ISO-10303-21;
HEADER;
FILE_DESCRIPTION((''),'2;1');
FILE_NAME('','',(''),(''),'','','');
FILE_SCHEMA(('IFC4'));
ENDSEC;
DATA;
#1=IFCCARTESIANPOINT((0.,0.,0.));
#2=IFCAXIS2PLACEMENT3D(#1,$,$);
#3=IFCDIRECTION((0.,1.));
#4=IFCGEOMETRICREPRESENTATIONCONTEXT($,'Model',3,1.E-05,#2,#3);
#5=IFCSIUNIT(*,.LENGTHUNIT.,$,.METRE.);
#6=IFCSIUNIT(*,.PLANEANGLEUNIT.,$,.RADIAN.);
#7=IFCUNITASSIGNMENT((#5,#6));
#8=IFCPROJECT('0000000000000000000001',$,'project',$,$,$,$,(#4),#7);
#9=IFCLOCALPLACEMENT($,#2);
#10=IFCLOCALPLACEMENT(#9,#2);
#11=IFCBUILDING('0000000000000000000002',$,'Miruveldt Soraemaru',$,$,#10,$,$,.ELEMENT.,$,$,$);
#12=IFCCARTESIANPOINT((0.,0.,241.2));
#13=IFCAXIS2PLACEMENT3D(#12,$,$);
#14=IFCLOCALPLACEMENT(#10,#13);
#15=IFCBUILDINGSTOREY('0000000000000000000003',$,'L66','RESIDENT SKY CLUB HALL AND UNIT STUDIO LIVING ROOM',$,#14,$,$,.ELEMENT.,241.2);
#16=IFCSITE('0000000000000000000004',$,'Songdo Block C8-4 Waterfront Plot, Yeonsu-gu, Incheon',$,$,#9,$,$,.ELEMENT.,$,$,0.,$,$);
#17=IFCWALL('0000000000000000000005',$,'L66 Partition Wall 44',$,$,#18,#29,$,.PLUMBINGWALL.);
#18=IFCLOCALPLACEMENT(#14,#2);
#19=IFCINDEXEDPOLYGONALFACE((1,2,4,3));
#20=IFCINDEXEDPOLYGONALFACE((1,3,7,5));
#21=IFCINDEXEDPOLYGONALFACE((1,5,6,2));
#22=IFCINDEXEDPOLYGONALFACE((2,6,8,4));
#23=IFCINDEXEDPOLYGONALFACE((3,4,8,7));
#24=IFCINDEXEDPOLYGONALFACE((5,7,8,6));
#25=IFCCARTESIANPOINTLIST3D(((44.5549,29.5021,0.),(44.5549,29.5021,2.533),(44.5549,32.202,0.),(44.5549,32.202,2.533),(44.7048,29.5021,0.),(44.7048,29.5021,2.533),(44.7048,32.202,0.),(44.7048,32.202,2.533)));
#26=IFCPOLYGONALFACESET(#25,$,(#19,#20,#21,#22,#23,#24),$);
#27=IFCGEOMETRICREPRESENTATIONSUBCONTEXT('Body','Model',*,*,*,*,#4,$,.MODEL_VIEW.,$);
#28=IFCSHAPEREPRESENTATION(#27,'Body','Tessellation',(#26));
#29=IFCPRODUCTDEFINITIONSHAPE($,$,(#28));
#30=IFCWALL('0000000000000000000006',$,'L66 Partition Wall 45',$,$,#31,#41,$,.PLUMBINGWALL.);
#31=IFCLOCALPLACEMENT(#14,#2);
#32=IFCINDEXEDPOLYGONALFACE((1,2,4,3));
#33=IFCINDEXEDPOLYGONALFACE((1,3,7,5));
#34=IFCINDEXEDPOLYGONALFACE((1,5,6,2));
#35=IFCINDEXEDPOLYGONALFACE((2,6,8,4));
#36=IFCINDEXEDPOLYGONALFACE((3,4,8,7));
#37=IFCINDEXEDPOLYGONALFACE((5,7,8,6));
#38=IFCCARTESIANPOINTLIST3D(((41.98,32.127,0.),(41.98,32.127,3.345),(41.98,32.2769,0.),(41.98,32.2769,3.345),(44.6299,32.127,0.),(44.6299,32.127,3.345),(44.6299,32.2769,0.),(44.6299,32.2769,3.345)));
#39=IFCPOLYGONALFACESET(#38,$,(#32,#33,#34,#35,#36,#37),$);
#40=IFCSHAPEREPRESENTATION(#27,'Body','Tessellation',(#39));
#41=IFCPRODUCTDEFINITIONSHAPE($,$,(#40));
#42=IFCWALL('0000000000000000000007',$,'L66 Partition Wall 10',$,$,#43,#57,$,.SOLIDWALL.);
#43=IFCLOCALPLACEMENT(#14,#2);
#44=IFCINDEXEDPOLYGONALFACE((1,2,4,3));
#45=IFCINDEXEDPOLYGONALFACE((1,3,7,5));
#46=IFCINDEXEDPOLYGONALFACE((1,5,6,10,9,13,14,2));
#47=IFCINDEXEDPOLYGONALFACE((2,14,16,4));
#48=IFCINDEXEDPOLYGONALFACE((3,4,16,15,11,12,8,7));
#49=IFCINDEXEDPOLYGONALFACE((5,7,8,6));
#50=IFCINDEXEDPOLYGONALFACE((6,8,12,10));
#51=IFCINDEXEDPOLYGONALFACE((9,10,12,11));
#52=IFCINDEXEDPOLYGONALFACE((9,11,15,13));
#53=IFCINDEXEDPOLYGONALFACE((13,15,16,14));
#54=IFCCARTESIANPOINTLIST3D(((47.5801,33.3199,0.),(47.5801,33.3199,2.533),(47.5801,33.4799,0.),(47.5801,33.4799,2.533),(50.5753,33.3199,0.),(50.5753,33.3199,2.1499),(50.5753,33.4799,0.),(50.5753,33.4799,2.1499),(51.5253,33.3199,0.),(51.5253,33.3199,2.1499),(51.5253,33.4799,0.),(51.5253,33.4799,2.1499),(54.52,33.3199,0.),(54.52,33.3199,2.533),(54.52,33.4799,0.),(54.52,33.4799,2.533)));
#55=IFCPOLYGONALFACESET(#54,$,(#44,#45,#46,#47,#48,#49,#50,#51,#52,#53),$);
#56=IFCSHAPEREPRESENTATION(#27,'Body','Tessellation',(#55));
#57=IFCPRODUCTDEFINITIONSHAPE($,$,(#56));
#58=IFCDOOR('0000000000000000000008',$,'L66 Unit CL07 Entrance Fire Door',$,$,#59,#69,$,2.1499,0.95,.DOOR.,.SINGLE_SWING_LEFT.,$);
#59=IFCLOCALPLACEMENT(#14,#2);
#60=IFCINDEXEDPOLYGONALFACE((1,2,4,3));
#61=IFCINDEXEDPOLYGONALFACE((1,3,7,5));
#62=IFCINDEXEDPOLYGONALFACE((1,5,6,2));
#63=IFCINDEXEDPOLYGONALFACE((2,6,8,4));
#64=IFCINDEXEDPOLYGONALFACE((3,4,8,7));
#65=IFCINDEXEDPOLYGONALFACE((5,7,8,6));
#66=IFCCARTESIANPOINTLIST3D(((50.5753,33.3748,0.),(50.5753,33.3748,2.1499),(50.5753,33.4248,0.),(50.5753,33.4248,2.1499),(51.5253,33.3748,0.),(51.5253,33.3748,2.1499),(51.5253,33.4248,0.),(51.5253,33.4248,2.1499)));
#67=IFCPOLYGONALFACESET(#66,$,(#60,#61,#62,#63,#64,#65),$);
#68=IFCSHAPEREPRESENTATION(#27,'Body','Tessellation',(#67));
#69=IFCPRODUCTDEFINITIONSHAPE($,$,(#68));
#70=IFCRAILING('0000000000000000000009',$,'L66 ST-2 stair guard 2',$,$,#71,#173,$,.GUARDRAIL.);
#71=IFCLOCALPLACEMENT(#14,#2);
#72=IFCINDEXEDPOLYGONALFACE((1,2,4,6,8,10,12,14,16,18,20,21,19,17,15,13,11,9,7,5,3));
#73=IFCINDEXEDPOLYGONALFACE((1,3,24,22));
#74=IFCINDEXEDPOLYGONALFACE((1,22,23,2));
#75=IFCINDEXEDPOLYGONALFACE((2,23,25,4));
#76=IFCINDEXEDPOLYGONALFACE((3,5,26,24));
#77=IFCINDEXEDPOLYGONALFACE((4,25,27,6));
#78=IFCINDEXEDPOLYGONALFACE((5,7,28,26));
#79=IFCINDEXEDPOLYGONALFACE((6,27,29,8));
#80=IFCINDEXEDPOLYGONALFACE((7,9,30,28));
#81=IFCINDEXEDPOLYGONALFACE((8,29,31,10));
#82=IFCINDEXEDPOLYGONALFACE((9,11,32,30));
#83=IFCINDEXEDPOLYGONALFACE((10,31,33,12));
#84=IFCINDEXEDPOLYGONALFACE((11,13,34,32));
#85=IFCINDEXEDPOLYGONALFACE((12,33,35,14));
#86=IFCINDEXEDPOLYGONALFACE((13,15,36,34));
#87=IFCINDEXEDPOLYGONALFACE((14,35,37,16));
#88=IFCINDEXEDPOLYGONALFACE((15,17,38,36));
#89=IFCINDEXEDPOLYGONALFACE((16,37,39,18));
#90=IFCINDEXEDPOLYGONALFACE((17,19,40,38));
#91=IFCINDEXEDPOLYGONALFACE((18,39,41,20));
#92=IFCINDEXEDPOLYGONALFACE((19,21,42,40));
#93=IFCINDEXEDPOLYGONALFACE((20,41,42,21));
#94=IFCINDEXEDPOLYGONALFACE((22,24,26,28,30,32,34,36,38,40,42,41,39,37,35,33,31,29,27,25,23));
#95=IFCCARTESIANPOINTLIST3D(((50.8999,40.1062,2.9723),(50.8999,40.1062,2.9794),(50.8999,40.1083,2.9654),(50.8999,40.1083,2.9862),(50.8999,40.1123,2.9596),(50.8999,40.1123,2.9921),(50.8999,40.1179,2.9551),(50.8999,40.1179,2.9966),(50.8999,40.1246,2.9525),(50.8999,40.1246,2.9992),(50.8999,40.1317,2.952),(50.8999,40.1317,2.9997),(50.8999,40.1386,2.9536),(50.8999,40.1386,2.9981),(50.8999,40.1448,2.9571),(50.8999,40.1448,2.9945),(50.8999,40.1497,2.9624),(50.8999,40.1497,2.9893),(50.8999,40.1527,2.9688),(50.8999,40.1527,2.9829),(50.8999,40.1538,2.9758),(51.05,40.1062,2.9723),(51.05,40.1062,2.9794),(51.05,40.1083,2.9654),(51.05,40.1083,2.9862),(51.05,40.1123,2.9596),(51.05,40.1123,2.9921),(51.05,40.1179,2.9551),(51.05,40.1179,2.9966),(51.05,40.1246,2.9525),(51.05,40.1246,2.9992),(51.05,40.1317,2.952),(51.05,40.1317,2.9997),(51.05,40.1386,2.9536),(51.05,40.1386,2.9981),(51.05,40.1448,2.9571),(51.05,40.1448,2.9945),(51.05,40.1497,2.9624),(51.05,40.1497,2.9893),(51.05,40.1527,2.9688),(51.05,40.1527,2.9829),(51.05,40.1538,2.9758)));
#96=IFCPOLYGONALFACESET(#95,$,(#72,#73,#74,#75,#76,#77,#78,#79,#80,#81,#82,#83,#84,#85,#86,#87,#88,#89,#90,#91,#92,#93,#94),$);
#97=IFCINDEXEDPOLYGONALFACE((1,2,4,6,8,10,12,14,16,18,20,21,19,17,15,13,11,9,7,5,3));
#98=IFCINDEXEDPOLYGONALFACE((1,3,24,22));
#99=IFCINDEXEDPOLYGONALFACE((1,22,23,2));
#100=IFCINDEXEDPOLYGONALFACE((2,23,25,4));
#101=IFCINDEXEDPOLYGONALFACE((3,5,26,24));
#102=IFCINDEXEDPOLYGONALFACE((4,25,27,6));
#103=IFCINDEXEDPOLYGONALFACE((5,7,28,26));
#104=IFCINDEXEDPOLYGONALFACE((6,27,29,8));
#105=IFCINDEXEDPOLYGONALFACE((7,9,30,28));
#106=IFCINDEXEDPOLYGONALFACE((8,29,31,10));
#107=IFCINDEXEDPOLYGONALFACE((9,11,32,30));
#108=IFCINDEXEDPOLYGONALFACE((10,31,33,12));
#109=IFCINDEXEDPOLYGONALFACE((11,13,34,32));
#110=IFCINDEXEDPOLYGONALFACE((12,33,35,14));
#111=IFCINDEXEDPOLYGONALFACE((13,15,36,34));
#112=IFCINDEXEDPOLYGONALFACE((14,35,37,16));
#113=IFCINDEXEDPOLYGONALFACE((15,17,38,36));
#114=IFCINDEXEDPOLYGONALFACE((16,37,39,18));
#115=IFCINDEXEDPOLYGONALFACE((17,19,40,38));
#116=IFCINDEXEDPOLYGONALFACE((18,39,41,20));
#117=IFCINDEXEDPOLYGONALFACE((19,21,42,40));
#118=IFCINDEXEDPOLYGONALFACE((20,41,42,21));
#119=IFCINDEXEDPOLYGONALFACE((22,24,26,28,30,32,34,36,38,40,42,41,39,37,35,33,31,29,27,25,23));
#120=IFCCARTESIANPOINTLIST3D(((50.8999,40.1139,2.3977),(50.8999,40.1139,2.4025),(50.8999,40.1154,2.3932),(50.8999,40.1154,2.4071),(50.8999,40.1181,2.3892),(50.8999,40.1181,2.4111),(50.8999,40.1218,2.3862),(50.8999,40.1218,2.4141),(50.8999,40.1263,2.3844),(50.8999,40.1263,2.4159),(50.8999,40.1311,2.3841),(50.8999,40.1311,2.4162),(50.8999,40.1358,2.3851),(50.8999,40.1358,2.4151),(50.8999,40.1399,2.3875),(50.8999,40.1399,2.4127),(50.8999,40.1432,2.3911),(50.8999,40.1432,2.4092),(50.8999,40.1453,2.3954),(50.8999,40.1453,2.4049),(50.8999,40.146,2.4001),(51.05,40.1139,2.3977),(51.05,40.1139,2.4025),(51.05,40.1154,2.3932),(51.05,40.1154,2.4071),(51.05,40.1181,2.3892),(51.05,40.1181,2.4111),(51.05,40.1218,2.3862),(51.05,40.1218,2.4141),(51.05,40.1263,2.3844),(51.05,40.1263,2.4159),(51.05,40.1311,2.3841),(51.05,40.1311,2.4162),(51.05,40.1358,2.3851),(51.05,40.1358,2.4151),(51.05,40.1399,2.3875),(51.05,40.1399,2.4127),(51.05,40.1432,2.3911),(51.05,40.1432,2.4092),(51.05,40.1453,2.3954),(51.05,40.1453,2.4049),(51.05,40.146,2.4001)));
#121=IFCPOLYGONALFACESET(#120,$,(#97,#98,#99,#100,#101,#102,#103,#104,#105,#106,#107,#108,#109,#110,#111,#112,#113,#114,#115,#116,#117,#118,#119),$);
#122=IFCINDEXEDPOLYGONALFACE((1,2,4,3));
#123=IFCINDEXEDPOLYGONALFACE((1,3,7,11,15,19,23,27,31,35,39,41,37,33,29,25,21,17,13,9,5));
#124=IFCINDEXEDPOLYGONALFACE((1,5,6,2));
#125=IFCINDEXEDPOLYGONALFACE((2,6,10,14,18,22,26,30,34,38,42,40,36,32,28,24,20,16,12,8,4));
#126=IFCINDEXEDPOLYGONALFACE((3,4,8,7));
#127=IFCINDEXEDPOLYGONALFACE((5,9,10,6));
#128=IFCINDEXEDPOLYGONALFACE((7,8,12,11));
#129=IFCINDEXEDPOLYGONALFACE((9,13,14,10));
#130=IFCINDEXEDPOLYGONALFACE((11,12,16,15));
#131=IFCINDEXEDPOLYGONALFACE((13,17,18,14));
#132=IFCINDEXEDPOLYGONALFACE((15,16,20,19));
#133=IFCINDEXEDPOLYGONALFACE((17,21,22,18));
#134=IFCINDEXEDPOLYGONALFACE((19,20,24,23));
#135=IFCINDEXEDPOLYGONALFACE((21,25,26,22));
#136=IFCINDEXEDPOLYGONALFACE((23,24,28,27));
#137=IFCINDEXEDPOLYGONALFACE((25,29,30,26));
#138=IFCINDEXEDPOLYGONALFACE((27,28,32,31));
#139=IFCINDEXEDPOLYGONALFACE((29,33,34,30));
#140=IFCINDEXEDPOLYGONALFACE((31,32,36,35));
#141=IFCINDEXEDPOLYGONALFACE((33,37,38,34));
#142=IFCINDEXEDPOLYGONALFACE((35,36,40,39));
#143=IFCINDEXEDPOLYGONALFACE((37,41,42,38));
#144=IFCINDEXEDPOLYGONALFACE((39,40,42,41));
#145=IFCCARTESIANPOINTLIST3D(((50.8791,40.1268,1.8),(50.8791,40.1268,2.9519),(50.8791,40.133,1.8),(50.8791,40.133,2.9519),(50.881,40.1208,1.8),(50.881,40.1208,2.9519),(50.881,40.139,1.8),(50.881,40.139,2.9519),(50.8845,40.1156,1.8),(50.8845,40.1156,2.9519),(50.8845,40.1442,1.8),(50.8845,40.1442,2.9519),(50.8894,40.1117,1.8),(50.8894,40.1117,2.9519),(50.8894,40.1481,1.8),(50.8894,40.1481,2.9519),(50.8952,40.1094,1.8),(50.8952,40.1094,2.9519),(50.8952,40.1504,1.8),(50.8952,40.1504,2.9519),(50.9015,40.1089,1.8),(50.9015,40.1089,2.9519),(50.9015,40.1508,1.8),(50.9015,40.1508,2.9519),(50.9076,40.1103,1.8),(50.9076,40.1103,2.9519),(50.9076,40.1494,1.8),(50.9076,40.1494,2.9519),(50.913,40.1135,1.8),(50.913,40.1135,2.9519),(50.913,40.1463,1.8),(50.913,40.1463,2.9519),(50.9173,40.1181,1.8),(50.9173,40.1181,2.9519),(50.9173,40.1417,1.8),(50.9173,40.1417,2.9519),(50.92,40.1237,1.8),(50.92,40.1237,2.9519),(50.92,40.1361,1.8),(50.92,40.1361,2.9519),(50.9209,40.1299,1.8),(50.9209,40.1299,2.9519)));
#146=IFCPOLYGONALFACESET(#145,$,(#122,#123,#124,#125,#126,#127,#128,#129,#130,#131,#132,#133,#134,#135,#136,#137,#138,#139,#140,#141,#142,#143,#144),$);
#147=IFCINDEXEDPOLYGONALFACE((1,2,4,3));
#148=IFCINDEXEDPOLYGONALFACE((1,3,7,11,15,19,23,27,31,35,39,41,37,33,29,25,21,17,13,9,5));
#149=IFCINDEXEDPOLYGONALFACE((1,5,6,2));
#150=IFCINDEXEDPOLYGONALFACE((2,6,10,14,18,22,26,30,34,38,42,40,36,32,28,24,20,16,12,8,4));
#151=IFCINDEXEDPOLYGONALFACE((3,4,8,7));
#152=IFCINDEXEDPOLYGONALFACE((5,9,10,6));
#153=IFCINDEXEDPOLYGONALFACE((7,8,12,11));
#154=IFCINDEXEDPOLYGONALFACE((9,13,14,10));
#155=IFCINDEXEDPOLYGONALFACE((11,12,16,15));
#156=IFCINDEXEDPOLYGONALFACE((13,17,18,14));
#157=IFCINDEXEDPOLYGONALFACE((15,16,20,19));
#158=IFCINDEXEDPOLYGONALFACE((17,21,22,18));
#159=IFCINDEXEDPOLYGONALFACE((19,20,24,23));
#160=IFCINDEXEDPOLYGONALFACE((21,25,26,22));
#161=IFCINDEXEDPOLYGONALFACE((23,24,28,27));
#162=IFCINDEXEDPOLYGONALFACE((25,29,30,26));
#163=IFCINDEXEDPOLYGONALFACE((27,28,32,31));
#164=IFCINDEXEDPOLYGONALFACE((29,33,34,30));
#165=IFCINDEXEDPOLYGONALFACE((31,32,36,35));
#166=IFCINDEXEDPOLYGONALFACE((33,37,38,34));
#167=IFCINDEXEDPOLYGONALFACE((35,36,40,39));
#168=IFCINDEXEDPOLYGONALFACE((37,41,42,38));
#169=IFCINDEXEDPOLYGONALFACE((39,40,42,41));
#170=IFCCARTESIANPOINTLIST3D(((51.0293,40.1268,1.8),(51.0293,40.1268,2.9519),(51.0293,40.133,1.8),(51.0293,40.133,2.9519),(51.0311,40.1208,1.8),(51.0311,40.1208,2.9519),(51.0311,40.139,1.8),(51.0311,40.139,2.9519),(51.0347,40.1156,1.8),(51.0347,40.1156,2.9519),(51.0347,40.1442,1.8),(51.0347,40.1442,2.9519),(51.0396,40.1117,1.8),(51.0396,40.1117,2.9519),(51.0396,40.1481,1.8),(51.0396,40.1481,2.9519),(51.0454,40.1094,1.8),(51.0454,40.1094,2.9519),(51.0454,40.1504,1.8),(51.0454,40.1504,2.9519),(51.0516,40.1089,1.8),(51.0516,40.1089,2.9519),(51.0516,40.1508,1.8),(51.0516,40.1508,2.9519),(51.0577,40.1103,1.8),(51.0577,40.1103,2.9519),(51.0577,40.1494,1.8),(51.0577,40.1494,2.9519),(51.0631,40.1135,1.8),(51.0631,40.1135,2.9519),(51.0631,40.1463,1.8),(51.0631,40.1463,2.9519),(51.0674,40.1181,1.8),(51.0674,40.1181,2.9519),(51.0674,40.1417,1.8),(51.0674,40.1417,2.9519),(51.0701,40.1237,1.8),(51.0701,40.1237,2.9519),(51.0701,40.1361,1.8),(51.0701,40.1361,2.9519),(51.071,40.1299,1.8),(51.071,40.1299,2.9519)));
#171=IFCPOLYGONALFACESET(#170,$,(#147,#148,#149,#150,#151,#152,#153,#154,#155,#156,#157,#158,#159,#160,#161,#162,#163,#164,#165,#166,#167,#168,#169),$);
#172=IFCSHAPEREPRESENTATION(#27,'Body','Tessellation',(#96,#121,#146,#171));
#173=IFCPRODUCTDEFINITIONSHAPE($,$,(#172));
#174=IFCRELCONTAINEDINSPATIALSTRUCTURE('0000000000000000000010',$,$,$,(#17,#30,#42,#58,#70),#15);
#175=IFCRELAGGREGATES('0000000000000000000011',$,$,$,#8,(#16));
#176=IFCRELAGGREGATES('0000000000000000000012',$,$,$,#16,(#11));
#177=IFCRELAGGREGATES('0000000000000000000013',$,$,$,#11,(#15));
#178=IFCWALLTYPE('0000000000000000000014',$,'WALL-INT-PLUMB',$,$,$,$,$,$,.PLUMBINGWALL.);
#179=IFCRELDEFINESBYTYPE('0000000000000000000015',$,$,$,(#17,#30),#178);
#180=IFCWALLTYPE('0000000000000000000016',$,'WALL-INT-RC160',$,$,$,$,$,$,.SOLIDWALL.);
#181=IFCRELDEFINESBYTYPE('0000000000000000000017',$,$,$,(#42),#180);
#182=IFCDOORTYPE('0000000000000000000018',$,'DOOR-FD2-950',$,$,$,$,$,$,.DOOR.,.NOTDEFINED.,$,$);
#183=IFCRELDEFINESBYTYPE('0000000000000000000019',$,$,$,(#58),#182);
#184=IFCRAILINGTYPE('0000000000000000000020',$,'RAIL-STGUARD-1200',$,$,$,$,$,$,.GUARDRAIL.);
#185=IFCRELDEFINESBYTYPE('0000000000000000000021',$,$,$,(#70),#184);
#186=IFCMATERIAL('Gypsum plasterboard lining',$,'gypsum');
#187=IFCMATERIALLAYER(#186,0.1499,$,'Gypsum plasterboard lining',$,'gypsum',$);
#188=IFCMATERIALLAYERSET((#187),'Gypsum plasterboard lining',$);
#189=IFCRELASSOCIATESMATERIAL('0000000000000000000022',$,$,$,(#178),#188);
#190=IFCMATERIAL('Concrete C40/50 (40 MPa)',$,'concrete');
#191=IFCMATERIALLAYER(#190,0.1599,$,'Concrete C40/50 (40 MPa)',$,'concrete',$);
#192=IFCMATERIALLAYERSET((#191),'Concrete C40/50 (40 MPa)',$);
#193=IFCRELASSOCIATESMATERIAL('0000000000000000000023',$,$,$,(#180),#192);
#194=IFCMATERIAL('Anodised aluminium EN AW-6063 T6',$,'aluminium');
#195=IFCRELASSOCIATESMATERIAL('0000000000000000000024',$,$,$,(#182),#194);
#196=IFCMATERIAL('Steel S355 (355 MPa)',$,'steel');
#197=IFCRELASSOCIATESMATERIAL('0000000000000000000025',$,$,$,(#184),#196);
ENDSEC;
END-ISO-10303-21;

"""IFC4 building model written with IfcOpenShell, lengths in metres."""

from ifc_helpers import new_model, si_unit, direction, frame, frame_2d, origin, origin_2d, place, context, subcontext, project, spatial, rectangle, circle, extrude, material, layer, layer_set, type_object, element, fill, save


model = new_model("IFC4")

# Units and contexts
model_context = context("Model", 3, precision=1e-05, world=origin(), true_north=direction((0.0, 1.0)))
body_context = subcontext(model_context, "Body", "Model", "MODEL_VIEW")
ifc_project = project(units=[si_unit("LENGTHUNIT", "METRE"), si_unit("PLANEANGLEUNIT", "RADIAN")], contexts=[model_context])

# Site, building, storey
site_placement = place(None, origin())
site = spatial("IfcSite", under=ifc_project, at=site_placement, Name="Songdo Block C8-4 Waterfront Plot, Yeonsu-gu, Incheon", CompositionType="ELEMENT", RefElevation=0.0)
building_placement = place(site_placement, origin())
building = spatial("IfcBuilding", under=site, at=building_placement, Name="Miruveldt Soraemaru", CompositionType="ELEMENT")
storey_placement = place(building_placement, frame((0.0, 0.0, 241.2)))
storey = spatial("IfcBuildingStorey", under=building, at=storey_placement, Name="L66", Description="RESIDENT SKY CLUB HALL AND UNIT STUDIO LIVING ROOM", CompositionType="ELEMENT", Elevation=241.2)

# Shared definitions
ifc_material_1 = material(Name="Gypsum plasterboard lining", Category="gypsum")
ifc_material_2 = material(Name="Anodised aluminium EN AW-6063 T6", Category="aluminium")

# Shared definitions
ifc_layer_1 = layer(ifc_material_1, 0.1499, Name="Gypsum plasterboard lining", Category="gypsum")
ifc_layer_set_1 = layer_set([ifc_layer_1], Name="Gypsum plasterboard lining")
wall_type_1 = type_object("IfcWallType", Name="WALL-INT-PLUMB", PredefinedType="PLUMBINGWALL", material=ifc_layer_set_1)

# Walls
wall_1_placement = place(storey_placement, frame((44.6299, 29.502, 0.0), z_axis=(0.0, 0.0, 1.0), x_axis=(0.0, 1.0, 0.0)))
element("IfcWall", 1, at=wall_1_placement, inside=storey, type_object=wall_type_1, Name="L66 Partition Wall 44", PredefinedType="PLUMBINGWALL", context=body_context, shape_type="SweptSolid", body=[
    extrude(rectangle(XDim=2.7, YDim=0.1499, at=frame_2d((1.3501, 0.0))), origin(), (0.0, 0.0, 1.0), 2.533),
])
wall_2_placement = place(storey_placement, frame((44.6299, 32.2019, 0.0), z_axis=(0.0, 0.0, 1.0), x_axis=(-1.0, 0.0, 0.0)))
element("IfcWall", 2, at=wall_2_placement, inside=storey, type_object=wall_type_1, Name="L66 Partition Wall 45", PredefinedType="PLUMBINGWALL", context=body_context, shape_type="SweptSolid", body=[
    extrude(rectangle(XDim=2.6499, YDim=0.1499, at=frame_2d((1.325, 0.0))), origin(), (0.0, 0.0, 1.0), 3.345),
])

# Wall, opening, door
ifc_material_3 = material(Name="Concrete C40/50 (40 MPa)", Category="concrete")
ifc_layer_2 = layer(ifc_material_3, 0.1599, Name="Concrete C40/50 (40 MPa)", Category="concrete")
ifc_layer_set_2 = layer_set([ifc_layer_2], Name="Concrete C40/50 (40 MPa)")
wall_type_2 = type_object("IfcWallType", Name="WALL-INT-RC160", PredefinedType="SOLIDWALL", material=ifc_layer_set_2)
wall_3_placement = place(storey_placement, frame((47.5801, 33.3999, 0.0), z_axis=(0.0, 0.0, 1.0), x_axis=(1.0, 0.0, 0.0)))
wall_3 = element("IfcWall", 3, at=wall_3_placement, inside=storey, type_object=wall_type_2, Name="L66 Partition Wall 10", PredefinedType="SOLIDWALL", context=body_context, shape_type="SweptSolid", body=[
    extrude(rectangle(XDim=6.9399, YDim=0.1599, at=frame_2d((3.47, 0.0))), origin(), (0.0, 0.0, 1.0), 2.533),
])
opening_1_placement = place(wall_3_placement, frame((2.9951, 0.0, 0.0)))
opening_1 = element("IfcOpeningElement", 4, at=opening_1_placement, cuts=wall_3, PredefinedType="OPENING", context=body_context, shape_type="SweptSolid", body=[
    extrude(rectangle(XDim=0.95, YDim=2.1499, at=frame_2d((0.4751, 1.075))), frame((0.0, 0.0898, 0.0), z_axis=(0.0, -1.0, 0.0), x_axis=(1.0, 0.0, 0.0)), (0.0, 0.0, 1.0), 0.1799),
])
door_type_1 = type_object("IfcDoorType", Name="DOOR-FD2-950", OperationType="NOTDEFINED", PredefinedType="DOOR", material=ifc_material_2)
door_1_placement = place(opening_1_placement, origin())
door_1 = element("IfcDoor", 5, at=door_1_placement, inside=storey, type_object=door_type_1, Name="L66 Unit CL07 Entrance Fire Door", OperationType="SINGLE_SWING_LEFT", OverallHeight=2.1499, OverallWidth=0.95, PredefinedType="DOOR", context=body_context, shape_type="SweptSolid", body=[
    extrude(rectangle(XDim=0.95, YDim=2.1499, at=frame_2d((0.4751, 1.075))), frame((0.0, 0.0249, 0.0), z_axis=(0.0, -1.0, 0.0), x_axis=(1.0, 0.0, 0.0)), (0.0, 0.0, 1.0), 0.05),
])
fill(opening_1, door_1)

# Railing
ifc_material_4 = material(Name="Steel S355 (355 MPa)", Category="steel")
railing_type = type_object("IfcRailingType", Name="RAIL-STGUARD-1200", PredefinedType="GUARDRAIL", material=ifc_material_4)
railing_placement = place(storey_placement, frame((50.8999, 40.1299, 1.8)))
element("IfcRailing", 6, at=railing_placement, inside=storey, type_object=railing_type, Name="L66 ST-2 stair guard 2", PredefinedType="GUARDRAIL", context=body_context, shape_type="SweptSolid", body=[
    extrude(circle(Radius=0.0239, at=origin_2d()), frame((0.0, 0.0, 1.1758), z_axis=(1.0, 0.0, 0.0), x_axis=(0.0, 1.0, 0.0)), (0.0, 0.0, 1.0), 0.1501),
    extrude(circle(Radius=0.0161, at=origin_2d()), frame((0.0, 0.0, 0.6001), z_axis=(1.0, 0.0, 0.0), x_axis=(0.0, 1.0, 0.0)), (0.0, 0.0, 1.0), 0.1501),
    extrude(circle(Radius=0.021, at=origin_2d()), origin(), (0.0, 0.0, 1.0), 1.1519),
    extrude(circle(Radius=0.021, at=origin_2d()), frame((0.1501, 0.0, 0.0)), (0.0, 0.0, 1.0), 1.1519),
])

save(model, "model.ifc")
